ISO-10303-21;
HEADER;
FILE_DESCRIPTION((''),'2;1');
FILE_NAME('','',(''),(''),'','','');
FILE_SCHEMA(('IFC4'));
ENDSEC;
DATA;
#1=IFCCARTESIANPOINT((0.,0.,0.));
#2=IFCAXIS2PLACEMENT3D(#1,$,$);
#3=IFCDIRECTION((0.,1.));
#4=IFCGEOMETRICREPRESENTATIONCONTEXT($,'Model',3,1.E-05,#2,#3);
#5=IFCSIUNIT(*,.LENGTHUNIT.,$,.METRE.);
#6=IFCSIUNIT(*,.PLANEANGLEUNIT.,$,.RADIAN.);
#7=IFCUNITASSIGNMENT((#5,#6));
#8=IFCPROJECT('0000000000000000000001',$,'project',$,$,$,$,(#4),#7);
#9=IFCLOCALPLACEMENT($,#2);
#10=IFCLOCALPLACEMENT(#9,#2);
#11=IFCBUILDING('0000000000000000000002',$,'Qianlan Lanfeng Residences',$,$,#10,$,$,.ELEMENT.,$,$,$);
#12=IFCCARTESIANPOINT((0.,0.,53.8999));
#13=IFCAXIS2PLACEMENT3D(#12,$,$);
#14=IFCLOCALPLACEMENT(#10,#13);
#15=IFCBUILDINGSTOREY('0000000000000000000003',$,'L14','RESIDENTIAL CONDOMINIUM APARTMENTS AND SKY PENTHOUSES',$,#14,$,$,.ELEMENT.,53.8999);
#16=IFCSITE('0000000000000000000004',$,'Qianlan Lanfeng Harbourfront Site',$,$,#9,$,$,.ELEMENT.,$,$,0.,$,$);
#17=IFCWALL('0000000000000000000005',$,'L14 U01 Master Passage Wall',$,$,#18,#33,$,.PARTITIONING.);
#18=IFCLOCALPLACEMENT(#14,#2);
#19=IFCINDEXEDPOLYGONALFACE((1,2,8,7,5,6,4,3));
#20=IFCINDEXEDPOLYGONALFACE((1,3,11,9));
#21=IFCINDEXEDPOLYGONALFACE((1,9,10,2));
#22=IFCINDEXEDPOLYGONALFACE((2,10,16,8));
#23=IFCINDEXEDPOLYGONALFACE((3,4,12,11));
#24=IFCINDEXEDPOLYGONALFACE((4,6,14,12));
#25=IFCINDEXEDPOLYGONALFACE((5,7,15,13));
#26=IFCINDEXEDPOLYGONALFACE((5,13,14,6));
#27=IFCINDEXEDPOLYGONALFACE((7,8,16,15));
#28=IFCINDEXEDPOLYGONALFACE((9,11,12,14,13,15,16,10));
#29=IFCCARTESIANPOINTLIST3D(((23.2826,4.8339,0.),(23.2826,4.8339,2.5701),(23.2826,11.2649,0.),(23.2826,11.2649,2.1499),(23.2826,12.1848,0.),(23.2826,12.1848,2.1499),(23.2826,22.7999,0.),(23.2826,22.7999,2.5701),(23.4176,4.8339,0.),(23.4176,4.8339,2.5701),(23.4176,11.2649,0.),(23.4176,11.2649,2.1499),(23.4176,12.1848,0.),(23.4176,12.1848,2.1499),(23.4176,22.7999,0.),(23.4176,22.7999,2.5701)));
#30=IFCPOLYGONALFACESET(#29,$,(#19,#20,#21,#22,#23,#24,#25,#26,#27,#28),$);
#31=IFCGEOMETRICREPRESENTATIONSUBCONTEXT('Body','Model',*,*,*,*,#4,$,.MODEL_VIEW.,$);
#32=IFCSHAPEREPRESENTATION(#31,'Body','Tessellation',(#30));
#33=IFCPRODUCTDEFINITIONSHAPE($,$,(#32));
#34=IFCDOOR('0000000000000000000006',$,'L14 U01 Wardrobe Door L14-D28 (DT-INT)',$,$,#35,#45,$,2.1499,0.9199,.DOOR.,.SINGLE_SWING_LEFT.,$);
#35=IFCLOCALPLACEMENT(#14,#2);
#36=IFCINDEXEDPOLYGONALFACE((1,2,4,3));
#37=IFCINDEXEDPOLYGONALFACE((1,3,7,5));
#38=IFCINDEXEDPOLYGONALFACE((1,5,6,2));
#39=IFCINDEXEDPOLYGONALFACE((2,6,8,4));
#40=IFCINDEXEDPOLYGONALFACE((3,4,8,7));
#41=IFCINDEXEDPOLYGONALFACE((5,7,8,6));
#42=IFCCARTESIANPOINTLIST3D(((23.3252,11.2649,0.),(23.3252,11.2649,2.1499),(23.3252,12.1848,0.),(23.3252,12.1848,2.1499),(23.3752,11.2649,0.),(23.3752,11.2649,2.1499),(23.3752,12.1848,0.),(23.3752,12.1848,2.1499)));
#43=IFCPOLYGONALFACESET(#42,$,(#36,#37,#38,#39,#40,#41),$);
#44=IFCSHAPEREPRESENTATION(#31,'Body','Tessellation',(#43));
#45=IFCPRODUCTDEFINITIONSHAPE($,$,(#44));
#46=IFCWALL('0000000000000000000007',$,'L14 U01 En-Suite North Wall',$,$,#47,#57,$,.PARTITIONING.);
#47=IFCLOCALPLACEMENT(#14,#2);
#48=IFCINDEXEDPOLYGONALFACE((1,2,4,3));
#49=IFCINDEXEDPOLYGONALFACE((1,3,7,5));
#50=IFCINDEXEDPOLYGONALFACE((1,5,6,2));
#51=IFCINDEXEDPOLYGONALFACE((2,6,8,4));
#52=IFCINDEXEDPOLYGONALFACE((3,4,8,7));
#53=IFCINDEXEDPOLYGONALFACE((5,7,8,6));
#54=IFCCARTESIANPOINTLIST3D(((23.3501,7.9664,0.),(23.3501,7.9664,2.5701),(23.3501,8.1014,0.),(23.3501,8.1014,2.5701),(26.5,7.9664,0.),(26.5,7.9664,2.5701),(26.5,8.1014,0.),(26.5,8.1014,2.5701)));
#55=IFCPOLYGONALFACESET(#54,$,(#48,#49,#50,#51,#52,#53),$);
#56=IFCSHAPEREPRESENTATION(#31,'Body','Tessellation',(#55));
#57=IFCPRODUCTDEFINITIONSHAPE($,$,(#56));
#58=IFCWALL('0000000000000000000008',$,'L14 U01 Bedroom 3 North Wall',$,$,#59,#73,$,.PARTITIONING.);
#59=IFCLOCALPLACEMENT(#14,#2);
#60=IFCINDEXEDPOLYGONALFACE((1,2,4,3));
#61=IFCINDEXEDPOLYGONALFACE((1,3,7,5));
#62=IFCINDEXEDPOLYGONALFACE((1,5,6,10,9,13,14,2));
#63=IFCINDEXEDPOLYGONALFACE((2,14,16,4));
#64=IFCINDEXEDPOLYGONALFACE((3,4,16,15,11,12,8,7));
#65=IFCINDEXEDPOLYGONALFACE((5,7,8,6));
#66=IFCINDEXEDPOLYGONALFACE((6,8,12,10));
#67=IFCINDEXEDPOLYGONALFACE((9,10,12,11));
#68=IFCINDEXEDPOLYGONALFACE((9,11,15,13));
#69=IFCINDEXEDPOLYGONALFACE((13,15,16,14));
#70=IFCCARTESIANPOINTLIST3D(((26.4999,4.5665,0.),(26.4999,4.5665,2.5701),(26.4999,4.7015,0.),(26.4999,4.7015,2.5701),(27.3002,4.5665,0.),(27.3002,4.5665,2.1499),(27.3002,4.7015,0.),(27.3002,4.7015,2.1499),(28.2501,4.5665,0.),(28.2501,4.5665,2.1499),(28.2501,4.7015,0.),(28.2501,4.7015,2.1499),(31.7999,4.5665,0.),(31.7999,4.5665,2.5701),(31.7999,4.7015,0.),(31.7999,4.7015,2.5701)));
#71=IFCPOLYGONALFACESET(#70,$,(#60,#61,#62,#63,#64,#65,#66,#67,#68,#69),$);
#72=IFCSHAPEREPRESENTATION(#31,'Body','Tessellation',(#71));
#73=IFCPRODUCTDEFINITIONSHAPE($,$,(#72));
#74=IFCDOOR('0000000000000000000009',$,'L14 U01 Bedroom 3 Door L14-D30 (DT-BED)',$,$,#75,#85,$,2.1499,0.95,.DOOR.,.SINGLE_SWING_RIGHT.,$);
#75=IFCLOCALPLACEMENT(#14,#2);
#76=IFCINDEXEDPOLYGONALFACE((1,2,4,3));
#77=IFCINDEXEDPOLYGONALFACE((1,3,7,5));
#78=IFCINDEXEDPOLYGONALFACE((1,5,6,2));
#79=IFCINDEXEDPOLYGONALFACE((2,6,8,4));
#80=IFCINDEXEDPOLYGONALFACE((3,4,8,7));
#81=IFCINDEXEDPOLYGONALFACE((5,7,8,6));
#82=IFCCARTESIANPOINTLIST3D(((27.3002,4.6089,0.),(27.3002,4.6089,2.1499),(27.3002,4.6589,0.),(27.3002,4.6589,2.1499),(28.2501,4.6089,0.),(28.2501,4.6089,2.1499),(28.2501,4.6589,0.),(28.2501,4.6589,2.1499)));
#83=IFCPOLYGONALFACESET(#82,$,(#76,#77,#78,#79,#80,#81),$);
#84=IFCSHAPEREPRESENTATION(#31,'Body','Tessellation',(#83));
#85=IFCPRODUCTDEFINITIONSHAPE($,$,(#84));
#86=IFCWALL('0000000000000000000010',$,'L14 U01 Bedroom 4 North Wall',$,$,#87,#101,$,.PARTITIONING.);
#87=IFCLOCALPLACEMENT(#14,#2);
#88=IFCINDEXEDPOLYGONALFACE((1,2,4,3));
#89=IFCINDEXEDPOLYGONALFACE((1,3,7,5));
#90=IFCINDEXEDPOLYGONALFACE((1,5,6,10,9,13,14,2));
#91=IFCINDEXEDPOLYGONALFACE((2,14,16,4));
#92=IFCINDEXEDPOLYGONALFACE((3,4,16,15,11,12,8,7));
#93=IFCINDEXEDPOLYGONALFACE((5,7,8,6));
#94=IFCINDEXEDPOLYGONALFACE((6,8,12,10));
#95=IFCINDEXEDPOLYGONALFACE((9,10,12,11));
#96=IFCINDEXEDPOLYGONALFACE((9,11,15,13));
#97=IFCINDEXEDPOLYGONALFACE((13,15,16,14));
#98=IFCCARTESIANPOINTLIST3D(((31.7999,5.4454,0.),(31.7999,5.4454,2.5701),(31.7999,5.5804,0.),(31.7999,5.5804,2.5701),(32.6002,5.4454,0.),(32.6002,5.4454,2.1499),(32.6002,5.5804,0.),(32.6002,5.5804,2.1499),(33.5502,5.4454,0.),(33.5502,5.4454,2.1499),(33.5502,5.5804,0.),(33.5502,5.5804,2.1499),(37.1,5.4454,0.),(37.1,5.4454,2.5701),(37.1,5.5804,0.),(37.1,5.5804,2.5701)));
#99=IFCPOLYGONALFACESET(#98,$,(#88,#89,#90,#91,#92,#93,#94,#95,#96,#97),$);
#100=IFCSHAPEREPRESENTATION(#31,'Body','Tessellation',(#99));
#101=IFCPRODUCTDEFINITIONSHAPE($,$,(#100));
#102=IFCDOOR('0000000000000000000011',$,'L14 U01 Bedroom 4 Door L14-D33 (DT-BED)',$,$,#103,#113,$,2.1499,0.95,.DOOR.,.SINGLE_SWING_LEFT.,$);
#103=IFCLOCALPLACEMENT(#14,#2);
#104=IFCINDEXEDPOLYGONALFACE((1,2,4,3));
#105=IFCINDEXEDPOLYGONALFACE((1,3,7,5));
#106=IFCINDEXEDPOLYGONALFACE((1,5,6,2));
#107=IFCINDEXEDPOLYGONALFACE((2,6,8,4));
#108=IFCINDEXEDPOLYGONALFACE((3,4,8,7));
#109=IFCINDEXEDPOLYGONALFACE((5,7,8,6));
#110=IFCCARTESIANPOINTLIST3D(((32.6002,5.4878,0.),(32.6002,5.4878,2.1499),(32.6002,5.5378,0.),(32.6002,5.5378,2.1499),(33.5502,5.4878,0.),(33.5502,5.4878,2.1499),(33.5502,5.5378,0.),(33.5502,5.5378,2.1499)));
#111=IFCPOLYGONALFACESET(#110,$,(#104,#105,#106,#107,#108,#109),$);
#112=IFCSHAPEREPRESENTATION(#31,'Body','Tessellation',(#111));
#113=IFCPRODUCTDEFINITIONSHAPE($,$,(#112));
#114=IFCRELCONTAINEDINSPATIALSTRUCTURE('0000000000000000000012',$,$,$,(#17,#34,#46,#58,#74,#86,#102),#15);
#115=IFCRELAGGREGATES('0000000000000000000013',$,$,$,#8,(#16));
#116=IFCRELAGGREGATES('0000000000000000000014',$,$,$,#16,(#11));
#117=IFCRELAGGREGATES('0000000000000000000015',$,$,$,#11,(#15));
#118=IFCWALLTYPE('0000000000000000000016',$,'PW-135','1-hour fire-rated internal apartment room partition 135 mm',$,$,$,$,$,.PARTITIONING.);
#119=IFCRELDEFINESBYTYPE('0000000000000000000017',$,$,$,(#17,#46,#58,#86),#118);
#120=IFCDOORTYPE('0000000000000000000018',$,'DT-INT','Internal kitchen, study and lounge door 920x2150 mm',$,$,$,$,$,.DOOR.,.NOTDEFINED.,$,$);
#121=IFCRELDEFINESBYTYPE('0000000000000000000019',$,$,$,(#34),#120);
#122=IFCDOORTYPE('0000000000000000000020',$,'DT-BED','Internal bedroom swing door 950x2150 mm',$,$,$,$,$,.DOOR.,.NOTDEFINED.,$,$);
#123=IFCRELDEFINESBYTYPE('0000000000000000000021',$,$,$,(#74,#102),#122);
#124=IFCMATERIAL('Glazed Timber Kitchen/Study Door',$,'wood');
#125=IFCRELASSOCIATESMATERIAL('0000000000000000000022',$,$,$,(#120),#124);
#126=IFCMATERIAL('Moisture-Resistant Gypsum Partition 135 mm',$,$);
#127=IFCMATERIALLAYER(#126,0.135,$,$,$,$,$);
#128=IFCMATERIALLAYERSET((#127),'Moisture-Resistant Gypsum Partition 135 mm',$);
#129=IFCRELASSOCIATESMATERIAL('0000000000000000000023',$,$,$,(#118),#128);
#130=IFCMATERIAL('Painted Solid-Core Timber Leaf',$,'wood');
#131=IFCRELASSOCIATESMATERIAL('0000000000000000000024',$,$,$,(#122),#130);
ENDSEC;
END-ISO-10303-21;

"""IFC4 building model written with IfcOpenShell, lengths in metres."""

from ifc_helpers import new_model, si_unit, direction, frame, frame_2d, origin, place, context, subcontext, project, spatial, rectangle, extrude, material, layer, layer_set, type_object, element, fill, save


model = new_model("IFC4")

# Units and contexts
model_context = context("Model", 3, precision=1e-05, world=origin(), true_north=direction((0.0, 1.0)))
body_context = subcontext(model_context, "Body", "Model", "MODEL_VIEW")
ifc_project = project(units=[si_unit("LENGTHUNIT", "METRE"), si_unit("PLANEANGLEUNIT", "RADIAN")], contexts=[model_context])

# Site, building, storey
site_placement = place(None, origin())
site = spatial("IfcSite", under=ifc_project, at=site_placement, Name="Qianlan Lanfeng Harbourfront Site", CompositionType="ELEMENT", RefElevation=0.0)
building_placement = place(site_placement, origin())
building = spatial("IfcBuilding", under=site, at=building_placement, Name="Qianlan Lanfeng Residences", CompositionType="ELEMENT")
storey_placement = place(building_placement, frame((0.0, 0.0, 53.8999)))
storey = spatial("IfcBuildingStorey", under=building, at=storey_placement, Name="L14", Description="RESIDENTIAL CONDOMINIUM APARTMENTS AND SKY PENTHOUSES", CompositionType="ELEMENT", Elevation=53.8999)

# Shared definitions
ifc_material_1 = material(Name="Glazed Timber Kitchen/Study Door", Category="wood")
door_type_1 = type_object("IfcDoorType", Name="DT-INT", Description="Internal kitchen, study and lounge door 920x2150 mm", OperationType="NOTDEFINED", PredefinedType="DOOR", material=ifc_material_1)

# Wall, opening, door
ifc_material_2 = material(Name="Moisture-Resistant Gypsum Partition 135 mm")
ifc_layer_1 = layer(ifc_material_2, 0.135)
ifc_layer_set_1 = layer_set([ifc_layer_1], Name="Moisture-Resistant Gypsum Partition 135 mm")
wall_type_1 = type_object("IfcWallType", Name="PW-135", Description="1-hour fire-rated internal apartment room partition 135 mm", PredefinedType="PARTITIONING", material=ifc_layer_set_1)
wall_1_placement = place(storey_placement, frame((23.3501, 4.834, 0.0), z_axis=(0.0, 0.0, 1.0), x_axis=(0.0, 1.0, 0.0)))
wall_1 = element("IfcWall", 1, at=wall_1_placement, inside=storey, type_object=wall_type_1, Name="L14 U01 Master Passage Wall", PredefinedType="PARTITIONING", context=body_context, shape_type="SweptSolid", body=[
    extrude(rectangle(XDim=17.9661, YDim=0.135, at=frame_2d((8.9829, 0.0))), origin(), (0.0, 0.0, 1.0), 2.5701),
])
opening_1_placement = place(wall_1_placement, frame((6.4309, 0.0, 0.0)))
opening_1 = element("IfcOpeningElement", 2, at=opening_1_placement, cuts=wall_1, PredefinedType="OPENING", context=body_context, shape_type="SweptSolid", body=[
    extrude(rectangle(XDim=0.9199, YDim=2.1499, at=frame_2d((0.46, 1.075))), frame((0.0, 0.0776, 0.0), z_axis=(0.0, -1.0, 0.0), x_axis=(1.0, 0.0, 0.0)), (0.0, 0.0, 1.0), 0.155),
])
door_1_placement = place(opening_1_placement, origin())
door_1 = element("IfcDoor", 3, at=door_1_placement, inside=storey, type_object=door_type_1, Name="L14 U01 Wardrobe Door L14-D28 (DT-INT)", OperationType="SINGLE_SWING_LEFT", OverallHeight=2.1499, OverallWidth=0.9199, PredefinedType="DOOR", context=body_context, shape_type="SweptSolid", body=[
    extrude(rectangle(XDim=0.9199, YDim=2.1499, at=frame_2d((0.46, 1.075))), frame((0.0, 0.0249, 0.0), z_axis=(0.0, -1.0, 0.0), x_axis=(1.0, 0.0, 0.0)), (0.0, 0.0, 1.0), 0.05),
])
fill(opening_1, door_1)

# Wall
wall_2_placement = place(storey_placement, frame((23.3501, 8.0339, 0.0), z_axis=(0.0, 0.0, 1.0), x_axis=(1.0, 0.0, 0.0)))
element("IfcWall", 4, at=wall_2_placement, inside=storey, type_object=wall_type_1, Name="L14 U01 En-Suite North Wall", PredefinedType="PARTITIONING", context=body_context, shape_type="SweptSolid", body=[
    extrude(rectangle(XDim=3.1499, YDim=0.135, at=frame_2d((1.575, 0.0))), origin(), (0.0, 0.0, 1.0), 2.5701),
])

# Walls, openings, doors
wall_3_placement = place(storey_placement, frame((26.5, 4.634, 0.0), z_axis=(0.0, 0.0, 1.0), x_axis=(1.0, 0.0, 0.0)))
wall_3 = element("IfcWall", 5, at=wall_3_placement, inside=storey, type_object=wall_type_1, Name="L14 U01 Bedroom 3 North Wall", PredefinedType="PARTITIONING", context=body_context, shape_type="SweptSolid", body=[
    extrude(rectangle(XDim=5.3, YDim=0.135, at=frame_2d((2.6499, 0.0))), origin(), (0.0, 0.0, 1.0), 2.5701),
])
opening_2_placement = place(wall_3_placement, frame((0.8, 0.0, 0.0)))
opening_2 = element("IfcOpeningElement", 6, at=opening_2_placement, cuts=wall_3, PredefinedType="OPENING", context=body_context, shape_type="SweptSolid", body=[
    extrude(rectangle(XDim=0.95, YDim=2.1499, at=frame_2d((0.4751, 1.075))), frame((0.0, 0.0776, 0.0), z_axis=(0.0, -1.0, 0.0), x_axis=(1.0, 0.0, 0.0)), (0.0, 0.0, 1.0), 0.155),
])
ifc_material_3 = material(Name="Painted Solid-Core Timber Leaf", Category="wood")
door_type_2 = type_object("IfcDoorType", Name="DT-BED", Description="Internal bedroom swing door 950x2150 mm", OperationType="NOTDEFINED", PredefinedType="DOOR", material=ifc_material_3)
door_2_placement = place(opening_2_placement, origin())
door_2 = element("IfcDoor", 7, at=door_2_placement, inside=storey, type_object=door_type_2, Name="L14 U01 Bedroom 3 Door L14-D30 (DT-BED)", OperationType="SINGLE_SWING_RIGHT", OverallHeight=2.1499, OverallWidth=0.95, PredefinedType="DOOR", context=body_context, shape_type="SweptSolid", body=[
    extrude(rectangle(XDim=0.95, YDim=2.1499, at=frame_2d((0.4751, 1.075))), frame((0.0, 0.0249, 0.0), z_axis=(0.0, -1.0, 0.0), x_axis=(1.0, 0.0, 0.0)), (0.0, 0.0, 1.0), 0.05),
])
fill(opening_2, door_2)
wall_4_placement = place(storey_placement, frame((31.8, 5.5129, 0.0), z_axis=(0.0, 0.0, 1.0), x_axis=(1.0, 0.0, 0.0)))
wall_4 = element("IfcWall", 8, at=wall_4_placement, inside=storey, type_object=wall_type_1, Name="L14 U01 Bedroom 4 North Wall", PredefinedType="PARTITIONING", context=body_context, shape_type="SweptSolid", body=[
    extrude(rectangle(XDim=5.3, YDim=0.135, at=frame_2d((2.6499, 0.0))), origin(), (0.0, 0.0, 1.0), 2.5701),
])
opening_3_placement = place(wall_4_placement, frame((0.8, 0.0, 0.0)))
opening_3 = element("IfcOpeningElement", 9, at=opening_3_placement, cuts=wall_4, PredefinedType="OPENING", context=body_context, shape_type="SweptSolid", body=[
    extrude(rectangle(XDim=0.95, YDim=2.1499, at=frame_2d((0.4751, 1.075))), frame((0.0, 0.0776, 0.0), z_axis=(0.0, -1.0, 0.0), x_axis=(1.0, 0.0, 0.0)), (0.0, 0.0, 1.0), 0.155),
])
door_3_placement = place(opening_3_placement, origin())
door_3 = element("IfcDoor", 10, at=door_3_placement, inside=storey, type_object=door_type_2, Name="L14 U01 Bedroom 4 Door L14-D33 (DT-BED)", OperationType="SINGLE_SWING_LEFT", OverallHeight=2.1499, OverallWidth=0.95, PredefinedType="DOOR", context=body_context, shape_type="SweptSolid", body=[
    extrude(rectangle(XDim=0.95, YDim=2.1499, at=frame_2d((0.4751, 1.075))), frame((0.0, 0.0249, 0.0), z_axis=(0.0, -1.0, 0.0), x_axis=(1.0, 0.0, 0.0)), (0.0, 0.0, 1.0), 0.05),
])
fill(opening_3, door_3)

save(model, "model.ifc")
